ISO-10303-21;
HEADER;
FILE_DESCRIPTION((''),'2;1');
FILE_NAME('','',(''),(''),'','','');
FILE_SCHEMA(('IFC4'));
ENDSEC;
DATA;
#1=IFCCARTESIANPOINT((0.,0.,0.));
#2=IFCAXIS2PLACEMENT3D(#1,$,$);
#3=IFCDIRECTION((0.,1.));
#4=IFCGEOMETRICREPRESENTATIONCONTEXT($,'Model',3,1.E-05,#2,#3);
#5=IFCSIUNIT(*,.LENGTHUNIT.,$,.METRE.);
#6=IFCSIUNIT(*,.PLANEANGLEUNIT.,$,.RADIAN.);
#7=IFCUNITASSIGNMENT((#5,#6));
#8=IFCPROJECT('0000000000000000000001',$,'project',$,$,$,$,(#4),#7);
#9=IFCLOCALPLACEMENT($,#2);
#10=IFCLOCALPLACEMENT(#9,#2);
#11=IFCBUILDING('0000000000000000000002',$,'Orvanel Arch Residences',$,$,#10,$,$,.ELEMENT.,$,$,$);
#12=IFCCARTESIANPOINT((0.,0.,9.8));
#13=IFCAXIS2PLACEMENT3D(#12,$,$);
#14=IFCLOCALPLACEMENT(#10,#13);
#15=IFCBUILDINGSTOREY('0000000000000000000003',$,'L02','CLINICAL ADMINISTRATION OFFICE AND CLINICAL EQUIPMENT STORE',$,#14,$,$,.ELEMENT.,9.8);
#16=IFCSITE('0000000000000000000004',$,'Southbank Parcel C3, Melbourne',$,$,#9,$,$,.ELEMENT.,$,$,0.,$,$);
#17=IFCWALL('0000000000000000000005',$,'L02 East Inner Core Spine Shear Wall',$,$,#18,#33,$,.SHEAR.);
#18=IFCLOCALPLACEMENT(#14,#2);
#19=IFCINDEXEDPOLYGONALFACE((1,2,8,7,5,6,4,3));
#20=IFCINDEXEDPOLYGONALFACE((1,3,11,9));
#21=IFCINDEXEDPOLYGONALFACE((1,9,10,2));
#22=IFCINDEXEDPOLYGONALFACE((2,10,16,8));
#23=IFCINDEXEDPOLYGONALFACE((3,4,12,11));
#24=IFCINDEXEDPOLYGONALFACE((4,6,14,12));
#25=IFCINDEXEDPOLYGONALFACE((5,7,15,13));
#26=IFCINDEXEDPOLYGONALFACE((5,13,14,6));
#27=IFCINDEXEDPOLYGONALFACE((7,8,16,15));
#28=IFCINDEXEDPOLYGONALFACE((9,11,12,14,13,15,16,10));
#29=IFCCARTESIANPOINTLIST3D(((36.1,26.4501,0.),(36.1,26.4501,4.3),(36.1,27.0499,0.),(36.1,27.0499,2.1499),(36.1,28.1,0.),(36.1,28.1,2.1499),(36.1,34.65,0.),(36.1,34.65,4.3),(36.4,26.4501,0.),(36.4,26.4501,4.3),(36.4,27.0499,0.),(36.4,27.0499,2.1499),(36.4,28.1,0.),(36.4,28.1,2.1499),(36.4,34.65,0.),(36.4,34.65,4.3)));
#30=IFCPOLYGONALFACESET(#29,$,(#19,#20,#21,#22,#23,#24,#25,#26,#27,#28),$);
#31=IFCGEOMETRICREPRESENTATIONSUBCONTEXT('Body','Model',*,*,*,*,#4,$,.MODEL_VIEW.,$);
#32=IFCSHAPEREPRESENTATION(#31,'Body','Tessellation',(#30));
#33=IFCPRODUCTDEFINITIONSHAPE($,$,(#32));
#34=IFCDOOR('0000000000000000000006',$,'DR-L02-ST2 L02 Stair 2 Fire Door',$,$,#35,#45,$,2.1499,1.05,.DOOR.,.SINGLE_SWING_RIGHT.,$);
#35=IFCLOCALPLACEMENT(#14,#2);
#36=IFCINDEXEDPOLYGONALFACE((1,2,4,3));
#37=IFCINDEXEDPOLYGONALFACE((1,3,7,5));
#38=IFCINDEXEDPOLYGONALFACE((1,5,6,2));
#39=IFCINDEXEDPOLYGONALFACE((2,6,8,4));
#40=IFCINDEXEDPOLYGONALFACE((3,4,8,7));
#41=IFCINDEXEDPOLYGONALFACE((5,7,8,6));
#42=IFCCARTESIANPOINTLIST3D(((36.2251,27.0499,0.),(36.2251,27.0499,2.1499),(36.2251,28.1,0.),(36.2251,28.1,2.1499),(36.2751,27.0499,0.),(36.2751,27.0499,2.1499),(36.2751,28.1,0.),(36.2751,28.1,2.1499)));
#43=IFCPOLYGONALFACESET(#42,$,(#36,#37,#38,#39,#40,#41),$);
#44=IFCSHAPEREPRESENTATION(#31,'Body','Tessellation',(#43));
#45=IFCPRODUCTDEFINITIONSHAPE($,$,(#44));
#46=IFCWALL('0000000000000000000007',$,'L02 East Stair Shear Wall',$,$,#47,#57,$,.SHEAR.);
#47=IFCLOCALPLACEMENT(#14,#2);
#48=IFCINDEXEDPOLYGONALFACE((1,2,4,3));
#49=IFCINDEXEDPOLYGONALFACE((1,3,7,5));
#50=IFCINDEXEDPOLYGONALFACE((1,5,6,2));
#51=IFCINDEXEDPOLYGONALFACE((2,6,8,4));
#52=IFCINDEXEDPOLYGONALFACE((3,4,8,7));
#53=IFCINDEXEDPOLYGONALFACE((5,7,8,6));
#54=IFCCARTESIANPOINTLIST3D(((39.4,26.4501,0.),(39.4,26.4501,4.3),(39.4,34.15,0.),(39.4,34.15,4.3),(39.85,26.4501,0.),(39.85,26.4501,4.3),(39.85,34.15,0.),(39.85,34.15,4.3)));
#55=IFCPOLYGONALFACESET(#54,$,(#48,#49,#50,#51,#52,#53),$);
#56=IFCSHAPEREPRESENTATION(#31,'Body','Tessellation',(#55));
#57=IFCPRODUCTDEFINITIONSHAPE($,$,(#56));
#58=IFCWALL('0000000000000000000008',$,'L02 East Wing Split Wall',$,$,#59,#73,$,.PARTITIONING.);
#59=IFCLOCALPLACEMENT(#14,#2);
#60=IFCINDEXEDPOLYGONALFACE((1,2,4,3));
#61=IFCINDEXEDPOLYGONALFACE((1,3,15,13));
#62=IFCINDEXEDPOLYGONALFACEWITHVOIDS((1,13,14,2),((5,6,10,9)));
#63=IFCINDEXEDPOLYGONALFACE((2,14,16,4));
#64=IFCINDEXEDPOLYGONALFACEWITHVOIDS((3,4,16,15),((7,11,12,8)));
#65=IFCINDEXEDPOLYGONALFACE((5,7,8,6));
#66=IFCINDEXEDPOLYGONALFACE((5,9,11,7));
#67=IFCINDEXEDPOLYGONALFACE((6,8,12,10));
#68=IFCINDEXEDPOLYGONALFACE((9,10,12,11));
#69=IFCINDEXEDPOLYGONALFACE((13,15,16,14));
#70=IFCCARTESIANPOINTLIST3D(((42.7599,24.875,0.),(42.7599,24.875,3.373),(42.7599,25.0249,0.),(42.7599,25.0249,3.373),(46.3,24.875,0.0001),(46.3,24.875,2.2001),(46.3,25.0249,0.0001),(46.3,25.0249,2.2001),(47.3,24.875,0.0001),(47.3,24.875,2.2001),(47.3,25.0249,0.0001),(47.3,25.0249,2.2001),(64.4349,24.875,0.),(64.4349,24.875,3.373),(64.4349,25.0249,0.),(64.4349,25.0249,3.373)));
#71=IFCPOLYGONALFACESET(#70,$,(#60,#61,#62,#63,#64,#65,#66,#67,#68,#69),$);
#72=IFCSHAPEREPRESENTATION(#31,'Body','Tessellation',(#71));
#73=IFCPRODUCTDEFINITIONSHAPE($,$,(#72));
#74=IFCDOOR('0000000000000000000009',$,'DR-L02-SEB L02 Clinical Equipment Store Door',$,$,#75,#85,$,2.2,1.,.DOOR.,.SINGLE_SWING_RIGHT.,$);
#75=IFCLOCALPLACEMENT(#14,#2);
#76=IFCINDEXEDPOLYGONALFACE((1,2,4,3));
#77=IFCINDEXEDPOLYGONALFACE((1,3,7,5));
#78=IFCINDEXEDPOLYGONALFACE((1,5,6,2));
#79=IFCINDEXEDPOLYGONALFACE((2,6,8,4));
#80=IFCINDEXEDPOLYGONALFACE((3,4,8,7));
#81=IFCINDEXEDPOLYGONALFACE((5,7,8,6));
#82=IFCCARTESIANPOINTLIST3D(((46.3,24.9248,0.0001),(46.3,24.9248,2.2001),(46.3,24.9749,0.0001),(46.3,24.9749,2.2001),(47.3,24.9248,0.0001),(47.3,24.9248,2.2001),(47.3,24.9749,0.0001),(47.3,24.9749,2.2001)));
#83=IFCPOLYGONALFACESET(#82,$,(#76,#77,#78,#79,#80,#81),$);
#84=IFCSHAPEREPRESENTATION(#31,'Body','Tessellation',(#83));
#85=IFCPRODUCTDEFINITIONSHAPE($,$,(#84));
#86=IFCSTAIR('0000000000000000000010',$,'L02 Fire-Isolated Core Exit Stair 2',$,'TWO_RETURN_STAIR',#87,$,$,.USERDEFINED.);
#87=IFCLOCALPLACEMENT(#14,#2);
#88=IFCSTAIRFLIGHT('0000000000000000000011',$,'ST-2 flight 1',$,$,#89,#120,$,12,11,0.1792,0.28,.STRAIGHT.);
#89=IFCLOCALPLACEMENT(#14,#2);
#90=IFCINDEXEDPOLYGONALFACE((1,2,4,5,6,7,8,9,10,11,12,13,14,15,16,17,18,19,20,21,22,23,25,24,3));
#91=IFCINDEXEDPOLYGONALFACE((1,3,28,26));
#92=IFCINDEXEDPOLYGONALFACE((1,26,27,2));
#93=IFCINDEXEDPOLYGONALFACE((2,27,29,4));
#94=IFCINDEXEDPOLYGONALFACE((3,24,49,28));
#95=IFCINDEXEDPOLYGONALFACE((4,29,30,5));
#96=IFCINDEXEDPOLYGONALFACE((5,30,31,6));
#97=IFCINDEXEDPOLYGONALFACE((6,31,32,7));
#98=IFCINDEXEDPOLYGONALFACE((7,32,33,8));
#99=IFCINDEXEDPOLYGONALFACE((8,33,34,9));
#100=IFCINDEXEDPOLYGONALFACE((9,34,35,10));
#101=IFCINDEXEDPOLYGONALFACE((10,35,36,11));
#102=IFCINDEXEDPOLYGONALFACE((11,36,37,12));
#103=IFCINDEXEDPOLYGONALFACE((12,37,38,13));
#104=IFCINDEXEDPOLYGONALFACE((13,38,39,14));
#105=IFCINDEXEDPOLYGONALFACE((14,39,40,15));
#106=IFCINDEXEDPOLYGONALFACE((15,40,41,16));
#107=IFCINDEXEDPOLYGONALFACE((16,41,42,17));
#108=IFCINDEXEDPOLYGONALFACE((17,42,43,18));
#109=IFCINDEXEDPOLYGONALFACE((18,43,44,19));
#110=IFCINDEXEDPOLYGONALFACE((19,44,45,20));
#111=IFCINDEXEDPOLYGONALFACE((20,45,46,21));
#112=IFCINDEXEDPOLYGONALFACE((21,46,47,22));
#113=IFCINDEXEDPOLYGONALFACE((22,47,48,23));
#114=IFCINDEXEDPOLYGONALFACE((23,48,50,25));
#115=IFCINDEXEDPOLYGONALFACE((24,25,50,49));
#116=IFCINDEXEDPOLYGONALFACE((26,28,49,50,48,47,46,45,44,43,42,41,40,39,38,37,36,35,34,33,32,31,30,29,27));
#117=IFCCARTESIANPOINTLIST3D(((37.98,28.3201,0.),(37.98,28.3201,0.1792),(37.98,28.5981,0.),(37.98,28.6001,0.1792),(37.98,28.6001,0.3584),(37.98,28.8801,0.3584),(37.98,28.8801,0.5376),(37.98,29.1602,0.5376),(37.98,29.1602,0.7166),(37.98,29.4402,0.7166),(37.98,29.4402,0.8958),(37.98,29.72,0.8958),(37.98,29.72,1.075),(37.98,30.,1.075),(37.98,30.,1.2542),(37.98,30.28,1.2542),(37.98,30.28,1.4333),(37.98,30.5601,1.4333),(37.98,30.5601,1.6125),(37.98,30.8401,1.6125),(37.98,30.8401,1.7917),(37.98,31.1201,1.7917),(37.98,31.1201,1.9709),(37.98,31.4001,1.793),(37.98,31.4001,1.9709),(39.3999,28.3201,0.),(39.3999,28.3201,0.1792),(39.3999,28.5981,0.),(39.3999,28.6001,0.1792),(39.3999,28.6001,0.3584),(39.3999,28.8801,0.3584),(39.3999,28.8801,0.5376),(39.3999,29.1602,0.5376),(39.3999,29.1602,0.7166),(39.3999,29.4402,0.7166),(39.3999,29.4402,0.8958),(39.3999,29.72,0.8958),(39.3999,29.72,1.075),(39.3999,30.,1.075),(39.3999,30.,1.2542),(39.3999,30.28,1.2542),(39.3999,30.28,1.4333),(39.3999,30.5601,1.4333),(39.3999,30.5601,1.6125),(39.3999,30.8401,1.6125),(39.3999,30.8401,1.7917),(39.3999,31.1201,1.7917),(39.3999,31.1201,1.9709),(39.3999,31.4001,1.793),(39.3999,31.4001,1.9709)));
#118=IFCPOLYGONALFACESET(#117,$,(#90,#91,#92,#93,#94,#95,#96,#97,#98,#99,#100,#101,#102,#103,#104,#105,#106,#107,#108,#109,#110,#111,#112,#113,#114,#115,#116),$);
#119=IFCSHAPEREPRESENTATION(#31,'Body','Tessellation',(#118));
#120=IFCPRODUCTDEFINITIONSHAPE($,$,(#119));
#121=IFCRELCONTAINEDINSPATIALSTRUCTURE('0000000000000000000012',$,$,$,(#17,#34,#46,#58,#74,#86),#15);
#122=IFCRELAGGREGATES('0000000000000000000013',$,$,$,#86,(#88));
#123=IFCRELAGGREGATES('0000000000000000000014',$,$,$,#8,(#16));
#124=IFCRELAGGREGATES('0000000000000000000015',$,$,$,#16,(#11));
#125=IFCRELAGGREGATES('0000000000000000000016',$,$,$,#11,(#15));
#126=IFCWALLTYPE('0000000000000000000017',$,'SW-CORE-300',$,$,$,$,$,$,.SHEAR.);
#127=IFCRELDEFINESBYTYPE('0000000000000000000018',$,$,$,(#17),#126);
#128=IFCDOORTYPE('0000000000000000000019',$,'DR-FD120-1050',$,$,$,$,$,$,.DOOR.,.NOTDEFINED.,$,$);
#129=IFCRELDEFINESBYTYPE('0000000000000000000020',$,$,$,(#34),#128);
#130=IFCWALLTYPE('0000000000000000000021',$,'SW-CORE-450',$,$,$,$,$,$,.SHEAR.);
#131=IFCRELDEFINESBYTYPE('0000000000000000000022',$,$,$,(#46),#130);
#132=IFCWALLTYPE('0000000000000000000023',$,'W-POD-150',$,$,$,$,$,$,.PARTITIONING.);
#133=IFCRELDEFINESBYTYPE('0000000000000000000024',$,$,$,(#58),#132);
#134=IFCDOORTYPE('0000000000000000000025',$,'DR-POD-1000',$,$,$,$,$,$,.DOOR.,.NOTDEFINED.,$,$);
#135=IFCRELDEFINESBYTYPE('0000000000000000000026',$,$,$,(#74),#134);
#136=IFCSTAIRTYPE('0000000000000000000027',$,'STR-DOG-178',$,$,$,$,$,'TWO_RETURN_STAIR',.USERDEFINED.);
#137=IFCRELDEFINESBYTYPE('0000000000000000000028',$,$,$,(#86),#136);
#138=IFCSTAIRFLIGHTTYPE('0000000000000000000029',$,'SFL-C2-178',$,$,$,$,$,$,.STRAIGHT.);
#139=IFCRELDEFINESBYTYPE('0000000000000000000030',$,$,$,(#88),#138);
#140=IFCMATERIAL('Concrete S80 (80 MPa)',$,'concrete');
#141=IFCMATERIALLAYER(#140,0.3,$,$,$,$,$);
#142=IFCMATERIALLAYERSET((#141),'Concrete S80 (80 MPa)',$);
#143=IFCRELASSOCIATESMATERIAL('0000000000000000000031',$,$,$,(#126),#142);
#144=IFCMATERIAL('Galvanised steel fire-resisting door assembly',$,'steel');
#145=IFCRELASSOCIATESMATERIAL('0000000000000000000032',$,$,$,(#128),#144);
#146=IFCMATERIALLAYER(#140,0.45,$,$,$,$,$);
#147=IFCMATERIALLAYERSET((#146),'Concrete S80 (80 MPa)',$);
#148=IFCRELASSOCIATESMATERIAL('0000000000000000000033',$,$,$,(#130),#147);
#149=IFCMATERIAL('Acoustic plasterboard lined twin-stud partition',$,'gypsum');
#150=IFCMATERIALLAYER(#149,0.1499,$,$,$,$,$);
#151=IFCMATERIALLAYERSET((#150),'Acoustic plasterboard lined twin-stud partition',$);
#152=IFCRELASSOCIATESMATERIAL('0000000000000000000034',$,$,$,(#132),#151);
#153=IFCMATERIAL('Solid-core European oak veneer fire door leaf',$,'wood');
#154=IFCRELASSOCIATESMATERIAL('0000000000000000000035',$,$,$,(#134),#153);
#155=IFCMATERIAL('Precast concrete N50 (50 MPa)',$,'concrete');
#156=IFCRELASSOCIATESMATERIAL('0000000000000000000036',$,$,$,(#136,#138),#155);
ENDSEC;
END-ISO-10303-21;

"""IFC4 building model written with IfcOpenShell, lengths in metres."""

from ifc_helpers import new_model, si_unit, direction, frame, frame_2d, origin, place, context, subcontext, project, spatial, polyline, rectangle, outline, extrude, material, layer, layer_set, type_object, element, fill, aggregate, save


model = new_model("IFC4")

# Units and contexts
model_context = context("Model", 3, precision=1e-05, world=origin(), true_north=direction((0.0, 1.0)))
body_context = subcontext(model_context, "Body", "Model", "MODEL_VIEW")
ifc_project = project(units=[si_unit("LENGTHUNIT", "METRE"), si_unit("PLANEANGLEUNIT", "RADIAN")], contexts=[model_context])

# Site, building, storey
site_placement = place(None, origin())
site = spatial("IfcSite", under=ifc_project, at=site_placement, Name="Southbank Parcel C3, Melbourne", CompositionType="ELEMENT", RefElevation=0.0)
building_placement = place(site_placement, origin())
building = spatial("IfcBuilding", under=site, at=building_placement, Name="Orvanel Arch Residences", CompositionType="ELEMENT")
storey_placement = place(building_placement, frame((0.0, 0.0, 9.8)))
storey = spatial("IfcBuildingStorey", under=building, at=storey_placement, Name="L02", Description="CLINICAL ADMINISTRATION OFFICE AND CLINICAL EQUIPMENT STORE", CompositionType="ELEMENT", Elevation=9.8)

# Wall, opening, door
ifc_material_1 = material(Name="Concrete S80 (80 MPa)", Category="concrete")
ifc_layer_1 = layer(ifc_material_1, 0.3)
ifc_layer_set_1 = layer_set([ifc_layer_1], Name="Concrete S80 (80 MPa)")
wall_type_1 = type_object("IfcWallType", Name="SW-CORE-300", PredefinedType="SHEAR", material=ifc_layer_set_1)
wall_1_placement = place(storey_placement, frame((36.25, 26.45, 0.0), z_axis=(0.0, 0.0, 1.0), x_axis=(0.0, 1.0, 0.0)))
wall_1 = element("IfcWall", 1, at=wall_1_placement, inside=storey, type_object=wall_type_1, Name="L02 East Inner Core Spine Shear Wall", PredefinedType="SHEAR", context=body_context, shape_type="SweptSolid", body=[
    extrude(rectangle(XDim=8.2, YDim=0.3, at=frame_2d((4.1001, 0.0))), origin(), (0.0, 0.0, 1.0), 4.3),
])
opening_1_placement = place(wall_1_placement, frame((0.6001, 0.0, 0.0)))
opening_1 = element("IfcOpeningElement", 2, at=opening_1_placement, cuts=wall_1, PredefinedType="OPENING", context=body_context, shape_type="SweptSolid", body=[
    extrude(rectangle(XDim=1.05, YDim=2.1499, at=frame_2d((0.5249, 1.075))), frame((0.0, 0.1599, 0.0), z_axis=(0.0, -1.0, 0.0), x_axis=(1.0, 0.0, 0.0)), (0.0, 0.0, 1.0), 0.3201),
])
ifc_material_2 = material(Name="Galvanised steel fire-resisting door assembly", Category="steel")
door_type_1 = type_object("IfcDoorType", Name="DR-FD120-1050", OperationType="NOTDEFINED", PredefinedType="DOOR", material=ifc_material_2)
door_1_placement = place(opening_1_placement, origin())
door_1 = element("IfcDoor", 3, at=door_1_placement, inside=storey, type_object=door_type_1, Name="DR-L02-ST2 L02 Stair 2 Fire Door", OperationType="SINGLE_SWING_RIGHT", OverallHeight=2.1499, OverallWidth=1.05, PredefinedType="DOOR", context=body_context, shape_type="SweptSolid", body=[
    extrude(rectangle(XDim=1.05, YDim=2.1499, at=frame_2d((0.5249, 1.075))), frame((0.0, 0.0249, 0.0), z_axis=(0.0, -1.0, 0.0), x_axis=(1.0, 0.0, 0.0)), (0.0, 0.0, 1.0), 0.05),
])
fill(opening_1, door_1)

# Wall
ifc_layer_2 = layer(ifc_material_1, 0.45)
ifc_layer_set_2 = layer_set([ifc_layer_2], Name="Concrete S80 (80 MPa)")
wall_type_2 = type_object("IfcWallType", Name="SW-CORE-450", PredefinedType="SHEAR", material=ifc_layer_set_2)
wall_2_placement = place(storey_placement, frame((39.625, 26.45, 0.0), z_axis=(0.0, 0.0, 1.0), x_axis=(0.0, 1.0, 0.0)))
element("IfcWall", 4, at=wall_2_placement, inside=storey, type_object=wall_type_2, Name="L02 East Stair Shear Wall", PredefinedType="SHEAR", context=body_context, shape_type="SweptSolid", body=[
    extrude(rectangle(XDim=7.7, YDim=0.45, at=frame_2d((3.8501, 0.0))), origin(), (0.0, 0.0, 1.0), 4.3),
])

# Wall, opening, door
ifc_material_3 = material(Name="Acoustic plasterboard lined twin-stud partition", Category="gypsum")
ifc_layer_3 = layer(ifc_material_3, 0.1499)
ifc_layer_set_3 = layer_set([ifc_layer_3], Name="Acoustic plasterboard lined twin-stud partition")
wall_type_3 = type_object("IfcWallType", Name="W-POD-150", PredefinedType="PARTITIONING", material=ifc_layer_set_3)
wall_3_placement = place(storey_placement, frame((42.76, 24.95, 0.0), z_axis=(0.0, 0.0, 1.0), x_axis=(1.0, 0.0, 0.0)))
wall_3 = element("IfcWall", 5, at=wall_3_placement, inside=storey, type_object=wall_type_3, Name="L02 East Wing Split Wall", PredefinedType="PARTITIONING", context=body_context, shape_type="SweptSolid", body=[
    extrude(rectangle(XDim=21.675, YDim=0.1499, at=frame_2d((10.8374, 0.0))), origin(), (0.0, 0.0, 1.0), 3.373),
])
opening_2_placement = place(wall_3_placement, frame((3.54, 0.0, 0.0)))
opening_2 = element("IfcOpeningElement", 6, at=opening_2_placement, cuts=wall_3, PredefinedType="OPENING", context=body_context, shape_type="SweptSolid", body=[
    extrude(rectangle(XDim=1.0, YDim=2.2, at=frame_2d((0.5, 1.1001))), frame((0.0, 0.085, 0.0), z_axis=(0.0, -1.0, 0.0), x_axis=(1.0, 0.0, 0.0)), (0.0, 0.0, 1.0), 0.1699),
])
ifc_material_4 = material(Name="Solid-core European oak veneer fire door leaf", Category="wood")
door_type_2 = type_object("IfcDoorType", Name="DR-POD-1000", OperationType="NOTDEFINED", PredefinedType="DOOR", material=ifc_material_4)
door_2_placement = place(opening_2_placement, origin())
door_2 = element("IfcDoor", 7, at=door_2_placement, inside=storey, type_object=door_type_2, Name="DR-L02-SEB L02 Clinical Equipment Store Door", OperationType="SINGLE_SWING_RIGHT", OverallHeight=2.2, OverallWidth=1.0, PredefinedType="DOOR", context=body_context, shape_type="SweptSolid", body=[
    extrude(rectangle(XDim=1.0, YDim=2.2, at=frame_2d((0.5, 1.1001))), frame((0.0, 0.0249, 0.0), z_axis=(0.0, -1.0, 0.0), x_axis=(1.0, 0.0, 0.0)), (0.0, 0.0, 1.0), 0.05),
])
fill(opening_2, door_2)

# Stair, stair flight
ifc_material_5 = material(Name="Precast concrete N50 (50 MPa)", Category="concrete")
stair_type = type_object("IfcStairType", Name="STR-DOG-178", ElementType="TWO_RETURN_STAIR", PredefinedType="USERDEFINED", material=ifc_material_5)
stair_placement = place(storey_placement, origin())
stair = element("IfcStair", 8, at=stair_placement, inside=storey, type_object=stair_type, Name="L02 Fire-Isolated Core Exit Stair 2", ObjectType="TWO_RETURN_STAIR", PredefinedType="USERDEFINED")
stair_flight_type = type_object("IfcStairFlightType", Name="SFL-C2-178", PredefinedType="STRAIGHT", material=ifc_material_5)
stair_flight_placement = place(storey_placement, frame((38.6899, 28.3201, 0.0), z_axis=(0.0, 0.0, 1.0), x_axis=(0.0, 1.0, 0.0)))
stair_flight = element("IfcStairFlight", 9, at=stair_flight_placement, type_object=stair_flight_type, Name="ST-2 flight 1", NumberOfRisers=12, NumberOfTreads=11, PredefinedType="STRAIGHT", RiserHeight=0.1792, TreadLength=0.28, context=body_context, shape_type="SweptSolid", body=[
    extrude(outline(polyline([(0.0, 0.0), (0.0, 0.1792), (0.28, 0.1792), (0.28, 0.3584), (0.5601, 0.3584), (0.5601, 0.5376), (0.8401, 0.5376), (0.8401, 0.7166), (1.1201, 0.7166), (1.1201, 0.8958), (1.3999, 0.8958), (1.3999, 1.075), (1.6799, 1.075), (1.6799, 1.2542), (1.96, 1.2542), (1.96, 1.4333), (2.24, 1.4333), (2.24, 1.6125), (2.52, 1.6125), (2.52, 1.7917), (2.8, 1.7917), (2.8, 1.9709), (3.0801, 1.9709), (3.0801, 2.1499), (3.0801, 1.793), (0.2781, 0.0), (0.0, 0.0)])), frame((0.0, 0.71, 0.0), z_axis=(0.0, -1.0, 0.0), x_axis=(1.0, 0.0, 0.0)), (0.0, 0.0, 1.0), 1.4199),
])
aggregate(stair, [stair_flight])

save(model, "model.ifc")
